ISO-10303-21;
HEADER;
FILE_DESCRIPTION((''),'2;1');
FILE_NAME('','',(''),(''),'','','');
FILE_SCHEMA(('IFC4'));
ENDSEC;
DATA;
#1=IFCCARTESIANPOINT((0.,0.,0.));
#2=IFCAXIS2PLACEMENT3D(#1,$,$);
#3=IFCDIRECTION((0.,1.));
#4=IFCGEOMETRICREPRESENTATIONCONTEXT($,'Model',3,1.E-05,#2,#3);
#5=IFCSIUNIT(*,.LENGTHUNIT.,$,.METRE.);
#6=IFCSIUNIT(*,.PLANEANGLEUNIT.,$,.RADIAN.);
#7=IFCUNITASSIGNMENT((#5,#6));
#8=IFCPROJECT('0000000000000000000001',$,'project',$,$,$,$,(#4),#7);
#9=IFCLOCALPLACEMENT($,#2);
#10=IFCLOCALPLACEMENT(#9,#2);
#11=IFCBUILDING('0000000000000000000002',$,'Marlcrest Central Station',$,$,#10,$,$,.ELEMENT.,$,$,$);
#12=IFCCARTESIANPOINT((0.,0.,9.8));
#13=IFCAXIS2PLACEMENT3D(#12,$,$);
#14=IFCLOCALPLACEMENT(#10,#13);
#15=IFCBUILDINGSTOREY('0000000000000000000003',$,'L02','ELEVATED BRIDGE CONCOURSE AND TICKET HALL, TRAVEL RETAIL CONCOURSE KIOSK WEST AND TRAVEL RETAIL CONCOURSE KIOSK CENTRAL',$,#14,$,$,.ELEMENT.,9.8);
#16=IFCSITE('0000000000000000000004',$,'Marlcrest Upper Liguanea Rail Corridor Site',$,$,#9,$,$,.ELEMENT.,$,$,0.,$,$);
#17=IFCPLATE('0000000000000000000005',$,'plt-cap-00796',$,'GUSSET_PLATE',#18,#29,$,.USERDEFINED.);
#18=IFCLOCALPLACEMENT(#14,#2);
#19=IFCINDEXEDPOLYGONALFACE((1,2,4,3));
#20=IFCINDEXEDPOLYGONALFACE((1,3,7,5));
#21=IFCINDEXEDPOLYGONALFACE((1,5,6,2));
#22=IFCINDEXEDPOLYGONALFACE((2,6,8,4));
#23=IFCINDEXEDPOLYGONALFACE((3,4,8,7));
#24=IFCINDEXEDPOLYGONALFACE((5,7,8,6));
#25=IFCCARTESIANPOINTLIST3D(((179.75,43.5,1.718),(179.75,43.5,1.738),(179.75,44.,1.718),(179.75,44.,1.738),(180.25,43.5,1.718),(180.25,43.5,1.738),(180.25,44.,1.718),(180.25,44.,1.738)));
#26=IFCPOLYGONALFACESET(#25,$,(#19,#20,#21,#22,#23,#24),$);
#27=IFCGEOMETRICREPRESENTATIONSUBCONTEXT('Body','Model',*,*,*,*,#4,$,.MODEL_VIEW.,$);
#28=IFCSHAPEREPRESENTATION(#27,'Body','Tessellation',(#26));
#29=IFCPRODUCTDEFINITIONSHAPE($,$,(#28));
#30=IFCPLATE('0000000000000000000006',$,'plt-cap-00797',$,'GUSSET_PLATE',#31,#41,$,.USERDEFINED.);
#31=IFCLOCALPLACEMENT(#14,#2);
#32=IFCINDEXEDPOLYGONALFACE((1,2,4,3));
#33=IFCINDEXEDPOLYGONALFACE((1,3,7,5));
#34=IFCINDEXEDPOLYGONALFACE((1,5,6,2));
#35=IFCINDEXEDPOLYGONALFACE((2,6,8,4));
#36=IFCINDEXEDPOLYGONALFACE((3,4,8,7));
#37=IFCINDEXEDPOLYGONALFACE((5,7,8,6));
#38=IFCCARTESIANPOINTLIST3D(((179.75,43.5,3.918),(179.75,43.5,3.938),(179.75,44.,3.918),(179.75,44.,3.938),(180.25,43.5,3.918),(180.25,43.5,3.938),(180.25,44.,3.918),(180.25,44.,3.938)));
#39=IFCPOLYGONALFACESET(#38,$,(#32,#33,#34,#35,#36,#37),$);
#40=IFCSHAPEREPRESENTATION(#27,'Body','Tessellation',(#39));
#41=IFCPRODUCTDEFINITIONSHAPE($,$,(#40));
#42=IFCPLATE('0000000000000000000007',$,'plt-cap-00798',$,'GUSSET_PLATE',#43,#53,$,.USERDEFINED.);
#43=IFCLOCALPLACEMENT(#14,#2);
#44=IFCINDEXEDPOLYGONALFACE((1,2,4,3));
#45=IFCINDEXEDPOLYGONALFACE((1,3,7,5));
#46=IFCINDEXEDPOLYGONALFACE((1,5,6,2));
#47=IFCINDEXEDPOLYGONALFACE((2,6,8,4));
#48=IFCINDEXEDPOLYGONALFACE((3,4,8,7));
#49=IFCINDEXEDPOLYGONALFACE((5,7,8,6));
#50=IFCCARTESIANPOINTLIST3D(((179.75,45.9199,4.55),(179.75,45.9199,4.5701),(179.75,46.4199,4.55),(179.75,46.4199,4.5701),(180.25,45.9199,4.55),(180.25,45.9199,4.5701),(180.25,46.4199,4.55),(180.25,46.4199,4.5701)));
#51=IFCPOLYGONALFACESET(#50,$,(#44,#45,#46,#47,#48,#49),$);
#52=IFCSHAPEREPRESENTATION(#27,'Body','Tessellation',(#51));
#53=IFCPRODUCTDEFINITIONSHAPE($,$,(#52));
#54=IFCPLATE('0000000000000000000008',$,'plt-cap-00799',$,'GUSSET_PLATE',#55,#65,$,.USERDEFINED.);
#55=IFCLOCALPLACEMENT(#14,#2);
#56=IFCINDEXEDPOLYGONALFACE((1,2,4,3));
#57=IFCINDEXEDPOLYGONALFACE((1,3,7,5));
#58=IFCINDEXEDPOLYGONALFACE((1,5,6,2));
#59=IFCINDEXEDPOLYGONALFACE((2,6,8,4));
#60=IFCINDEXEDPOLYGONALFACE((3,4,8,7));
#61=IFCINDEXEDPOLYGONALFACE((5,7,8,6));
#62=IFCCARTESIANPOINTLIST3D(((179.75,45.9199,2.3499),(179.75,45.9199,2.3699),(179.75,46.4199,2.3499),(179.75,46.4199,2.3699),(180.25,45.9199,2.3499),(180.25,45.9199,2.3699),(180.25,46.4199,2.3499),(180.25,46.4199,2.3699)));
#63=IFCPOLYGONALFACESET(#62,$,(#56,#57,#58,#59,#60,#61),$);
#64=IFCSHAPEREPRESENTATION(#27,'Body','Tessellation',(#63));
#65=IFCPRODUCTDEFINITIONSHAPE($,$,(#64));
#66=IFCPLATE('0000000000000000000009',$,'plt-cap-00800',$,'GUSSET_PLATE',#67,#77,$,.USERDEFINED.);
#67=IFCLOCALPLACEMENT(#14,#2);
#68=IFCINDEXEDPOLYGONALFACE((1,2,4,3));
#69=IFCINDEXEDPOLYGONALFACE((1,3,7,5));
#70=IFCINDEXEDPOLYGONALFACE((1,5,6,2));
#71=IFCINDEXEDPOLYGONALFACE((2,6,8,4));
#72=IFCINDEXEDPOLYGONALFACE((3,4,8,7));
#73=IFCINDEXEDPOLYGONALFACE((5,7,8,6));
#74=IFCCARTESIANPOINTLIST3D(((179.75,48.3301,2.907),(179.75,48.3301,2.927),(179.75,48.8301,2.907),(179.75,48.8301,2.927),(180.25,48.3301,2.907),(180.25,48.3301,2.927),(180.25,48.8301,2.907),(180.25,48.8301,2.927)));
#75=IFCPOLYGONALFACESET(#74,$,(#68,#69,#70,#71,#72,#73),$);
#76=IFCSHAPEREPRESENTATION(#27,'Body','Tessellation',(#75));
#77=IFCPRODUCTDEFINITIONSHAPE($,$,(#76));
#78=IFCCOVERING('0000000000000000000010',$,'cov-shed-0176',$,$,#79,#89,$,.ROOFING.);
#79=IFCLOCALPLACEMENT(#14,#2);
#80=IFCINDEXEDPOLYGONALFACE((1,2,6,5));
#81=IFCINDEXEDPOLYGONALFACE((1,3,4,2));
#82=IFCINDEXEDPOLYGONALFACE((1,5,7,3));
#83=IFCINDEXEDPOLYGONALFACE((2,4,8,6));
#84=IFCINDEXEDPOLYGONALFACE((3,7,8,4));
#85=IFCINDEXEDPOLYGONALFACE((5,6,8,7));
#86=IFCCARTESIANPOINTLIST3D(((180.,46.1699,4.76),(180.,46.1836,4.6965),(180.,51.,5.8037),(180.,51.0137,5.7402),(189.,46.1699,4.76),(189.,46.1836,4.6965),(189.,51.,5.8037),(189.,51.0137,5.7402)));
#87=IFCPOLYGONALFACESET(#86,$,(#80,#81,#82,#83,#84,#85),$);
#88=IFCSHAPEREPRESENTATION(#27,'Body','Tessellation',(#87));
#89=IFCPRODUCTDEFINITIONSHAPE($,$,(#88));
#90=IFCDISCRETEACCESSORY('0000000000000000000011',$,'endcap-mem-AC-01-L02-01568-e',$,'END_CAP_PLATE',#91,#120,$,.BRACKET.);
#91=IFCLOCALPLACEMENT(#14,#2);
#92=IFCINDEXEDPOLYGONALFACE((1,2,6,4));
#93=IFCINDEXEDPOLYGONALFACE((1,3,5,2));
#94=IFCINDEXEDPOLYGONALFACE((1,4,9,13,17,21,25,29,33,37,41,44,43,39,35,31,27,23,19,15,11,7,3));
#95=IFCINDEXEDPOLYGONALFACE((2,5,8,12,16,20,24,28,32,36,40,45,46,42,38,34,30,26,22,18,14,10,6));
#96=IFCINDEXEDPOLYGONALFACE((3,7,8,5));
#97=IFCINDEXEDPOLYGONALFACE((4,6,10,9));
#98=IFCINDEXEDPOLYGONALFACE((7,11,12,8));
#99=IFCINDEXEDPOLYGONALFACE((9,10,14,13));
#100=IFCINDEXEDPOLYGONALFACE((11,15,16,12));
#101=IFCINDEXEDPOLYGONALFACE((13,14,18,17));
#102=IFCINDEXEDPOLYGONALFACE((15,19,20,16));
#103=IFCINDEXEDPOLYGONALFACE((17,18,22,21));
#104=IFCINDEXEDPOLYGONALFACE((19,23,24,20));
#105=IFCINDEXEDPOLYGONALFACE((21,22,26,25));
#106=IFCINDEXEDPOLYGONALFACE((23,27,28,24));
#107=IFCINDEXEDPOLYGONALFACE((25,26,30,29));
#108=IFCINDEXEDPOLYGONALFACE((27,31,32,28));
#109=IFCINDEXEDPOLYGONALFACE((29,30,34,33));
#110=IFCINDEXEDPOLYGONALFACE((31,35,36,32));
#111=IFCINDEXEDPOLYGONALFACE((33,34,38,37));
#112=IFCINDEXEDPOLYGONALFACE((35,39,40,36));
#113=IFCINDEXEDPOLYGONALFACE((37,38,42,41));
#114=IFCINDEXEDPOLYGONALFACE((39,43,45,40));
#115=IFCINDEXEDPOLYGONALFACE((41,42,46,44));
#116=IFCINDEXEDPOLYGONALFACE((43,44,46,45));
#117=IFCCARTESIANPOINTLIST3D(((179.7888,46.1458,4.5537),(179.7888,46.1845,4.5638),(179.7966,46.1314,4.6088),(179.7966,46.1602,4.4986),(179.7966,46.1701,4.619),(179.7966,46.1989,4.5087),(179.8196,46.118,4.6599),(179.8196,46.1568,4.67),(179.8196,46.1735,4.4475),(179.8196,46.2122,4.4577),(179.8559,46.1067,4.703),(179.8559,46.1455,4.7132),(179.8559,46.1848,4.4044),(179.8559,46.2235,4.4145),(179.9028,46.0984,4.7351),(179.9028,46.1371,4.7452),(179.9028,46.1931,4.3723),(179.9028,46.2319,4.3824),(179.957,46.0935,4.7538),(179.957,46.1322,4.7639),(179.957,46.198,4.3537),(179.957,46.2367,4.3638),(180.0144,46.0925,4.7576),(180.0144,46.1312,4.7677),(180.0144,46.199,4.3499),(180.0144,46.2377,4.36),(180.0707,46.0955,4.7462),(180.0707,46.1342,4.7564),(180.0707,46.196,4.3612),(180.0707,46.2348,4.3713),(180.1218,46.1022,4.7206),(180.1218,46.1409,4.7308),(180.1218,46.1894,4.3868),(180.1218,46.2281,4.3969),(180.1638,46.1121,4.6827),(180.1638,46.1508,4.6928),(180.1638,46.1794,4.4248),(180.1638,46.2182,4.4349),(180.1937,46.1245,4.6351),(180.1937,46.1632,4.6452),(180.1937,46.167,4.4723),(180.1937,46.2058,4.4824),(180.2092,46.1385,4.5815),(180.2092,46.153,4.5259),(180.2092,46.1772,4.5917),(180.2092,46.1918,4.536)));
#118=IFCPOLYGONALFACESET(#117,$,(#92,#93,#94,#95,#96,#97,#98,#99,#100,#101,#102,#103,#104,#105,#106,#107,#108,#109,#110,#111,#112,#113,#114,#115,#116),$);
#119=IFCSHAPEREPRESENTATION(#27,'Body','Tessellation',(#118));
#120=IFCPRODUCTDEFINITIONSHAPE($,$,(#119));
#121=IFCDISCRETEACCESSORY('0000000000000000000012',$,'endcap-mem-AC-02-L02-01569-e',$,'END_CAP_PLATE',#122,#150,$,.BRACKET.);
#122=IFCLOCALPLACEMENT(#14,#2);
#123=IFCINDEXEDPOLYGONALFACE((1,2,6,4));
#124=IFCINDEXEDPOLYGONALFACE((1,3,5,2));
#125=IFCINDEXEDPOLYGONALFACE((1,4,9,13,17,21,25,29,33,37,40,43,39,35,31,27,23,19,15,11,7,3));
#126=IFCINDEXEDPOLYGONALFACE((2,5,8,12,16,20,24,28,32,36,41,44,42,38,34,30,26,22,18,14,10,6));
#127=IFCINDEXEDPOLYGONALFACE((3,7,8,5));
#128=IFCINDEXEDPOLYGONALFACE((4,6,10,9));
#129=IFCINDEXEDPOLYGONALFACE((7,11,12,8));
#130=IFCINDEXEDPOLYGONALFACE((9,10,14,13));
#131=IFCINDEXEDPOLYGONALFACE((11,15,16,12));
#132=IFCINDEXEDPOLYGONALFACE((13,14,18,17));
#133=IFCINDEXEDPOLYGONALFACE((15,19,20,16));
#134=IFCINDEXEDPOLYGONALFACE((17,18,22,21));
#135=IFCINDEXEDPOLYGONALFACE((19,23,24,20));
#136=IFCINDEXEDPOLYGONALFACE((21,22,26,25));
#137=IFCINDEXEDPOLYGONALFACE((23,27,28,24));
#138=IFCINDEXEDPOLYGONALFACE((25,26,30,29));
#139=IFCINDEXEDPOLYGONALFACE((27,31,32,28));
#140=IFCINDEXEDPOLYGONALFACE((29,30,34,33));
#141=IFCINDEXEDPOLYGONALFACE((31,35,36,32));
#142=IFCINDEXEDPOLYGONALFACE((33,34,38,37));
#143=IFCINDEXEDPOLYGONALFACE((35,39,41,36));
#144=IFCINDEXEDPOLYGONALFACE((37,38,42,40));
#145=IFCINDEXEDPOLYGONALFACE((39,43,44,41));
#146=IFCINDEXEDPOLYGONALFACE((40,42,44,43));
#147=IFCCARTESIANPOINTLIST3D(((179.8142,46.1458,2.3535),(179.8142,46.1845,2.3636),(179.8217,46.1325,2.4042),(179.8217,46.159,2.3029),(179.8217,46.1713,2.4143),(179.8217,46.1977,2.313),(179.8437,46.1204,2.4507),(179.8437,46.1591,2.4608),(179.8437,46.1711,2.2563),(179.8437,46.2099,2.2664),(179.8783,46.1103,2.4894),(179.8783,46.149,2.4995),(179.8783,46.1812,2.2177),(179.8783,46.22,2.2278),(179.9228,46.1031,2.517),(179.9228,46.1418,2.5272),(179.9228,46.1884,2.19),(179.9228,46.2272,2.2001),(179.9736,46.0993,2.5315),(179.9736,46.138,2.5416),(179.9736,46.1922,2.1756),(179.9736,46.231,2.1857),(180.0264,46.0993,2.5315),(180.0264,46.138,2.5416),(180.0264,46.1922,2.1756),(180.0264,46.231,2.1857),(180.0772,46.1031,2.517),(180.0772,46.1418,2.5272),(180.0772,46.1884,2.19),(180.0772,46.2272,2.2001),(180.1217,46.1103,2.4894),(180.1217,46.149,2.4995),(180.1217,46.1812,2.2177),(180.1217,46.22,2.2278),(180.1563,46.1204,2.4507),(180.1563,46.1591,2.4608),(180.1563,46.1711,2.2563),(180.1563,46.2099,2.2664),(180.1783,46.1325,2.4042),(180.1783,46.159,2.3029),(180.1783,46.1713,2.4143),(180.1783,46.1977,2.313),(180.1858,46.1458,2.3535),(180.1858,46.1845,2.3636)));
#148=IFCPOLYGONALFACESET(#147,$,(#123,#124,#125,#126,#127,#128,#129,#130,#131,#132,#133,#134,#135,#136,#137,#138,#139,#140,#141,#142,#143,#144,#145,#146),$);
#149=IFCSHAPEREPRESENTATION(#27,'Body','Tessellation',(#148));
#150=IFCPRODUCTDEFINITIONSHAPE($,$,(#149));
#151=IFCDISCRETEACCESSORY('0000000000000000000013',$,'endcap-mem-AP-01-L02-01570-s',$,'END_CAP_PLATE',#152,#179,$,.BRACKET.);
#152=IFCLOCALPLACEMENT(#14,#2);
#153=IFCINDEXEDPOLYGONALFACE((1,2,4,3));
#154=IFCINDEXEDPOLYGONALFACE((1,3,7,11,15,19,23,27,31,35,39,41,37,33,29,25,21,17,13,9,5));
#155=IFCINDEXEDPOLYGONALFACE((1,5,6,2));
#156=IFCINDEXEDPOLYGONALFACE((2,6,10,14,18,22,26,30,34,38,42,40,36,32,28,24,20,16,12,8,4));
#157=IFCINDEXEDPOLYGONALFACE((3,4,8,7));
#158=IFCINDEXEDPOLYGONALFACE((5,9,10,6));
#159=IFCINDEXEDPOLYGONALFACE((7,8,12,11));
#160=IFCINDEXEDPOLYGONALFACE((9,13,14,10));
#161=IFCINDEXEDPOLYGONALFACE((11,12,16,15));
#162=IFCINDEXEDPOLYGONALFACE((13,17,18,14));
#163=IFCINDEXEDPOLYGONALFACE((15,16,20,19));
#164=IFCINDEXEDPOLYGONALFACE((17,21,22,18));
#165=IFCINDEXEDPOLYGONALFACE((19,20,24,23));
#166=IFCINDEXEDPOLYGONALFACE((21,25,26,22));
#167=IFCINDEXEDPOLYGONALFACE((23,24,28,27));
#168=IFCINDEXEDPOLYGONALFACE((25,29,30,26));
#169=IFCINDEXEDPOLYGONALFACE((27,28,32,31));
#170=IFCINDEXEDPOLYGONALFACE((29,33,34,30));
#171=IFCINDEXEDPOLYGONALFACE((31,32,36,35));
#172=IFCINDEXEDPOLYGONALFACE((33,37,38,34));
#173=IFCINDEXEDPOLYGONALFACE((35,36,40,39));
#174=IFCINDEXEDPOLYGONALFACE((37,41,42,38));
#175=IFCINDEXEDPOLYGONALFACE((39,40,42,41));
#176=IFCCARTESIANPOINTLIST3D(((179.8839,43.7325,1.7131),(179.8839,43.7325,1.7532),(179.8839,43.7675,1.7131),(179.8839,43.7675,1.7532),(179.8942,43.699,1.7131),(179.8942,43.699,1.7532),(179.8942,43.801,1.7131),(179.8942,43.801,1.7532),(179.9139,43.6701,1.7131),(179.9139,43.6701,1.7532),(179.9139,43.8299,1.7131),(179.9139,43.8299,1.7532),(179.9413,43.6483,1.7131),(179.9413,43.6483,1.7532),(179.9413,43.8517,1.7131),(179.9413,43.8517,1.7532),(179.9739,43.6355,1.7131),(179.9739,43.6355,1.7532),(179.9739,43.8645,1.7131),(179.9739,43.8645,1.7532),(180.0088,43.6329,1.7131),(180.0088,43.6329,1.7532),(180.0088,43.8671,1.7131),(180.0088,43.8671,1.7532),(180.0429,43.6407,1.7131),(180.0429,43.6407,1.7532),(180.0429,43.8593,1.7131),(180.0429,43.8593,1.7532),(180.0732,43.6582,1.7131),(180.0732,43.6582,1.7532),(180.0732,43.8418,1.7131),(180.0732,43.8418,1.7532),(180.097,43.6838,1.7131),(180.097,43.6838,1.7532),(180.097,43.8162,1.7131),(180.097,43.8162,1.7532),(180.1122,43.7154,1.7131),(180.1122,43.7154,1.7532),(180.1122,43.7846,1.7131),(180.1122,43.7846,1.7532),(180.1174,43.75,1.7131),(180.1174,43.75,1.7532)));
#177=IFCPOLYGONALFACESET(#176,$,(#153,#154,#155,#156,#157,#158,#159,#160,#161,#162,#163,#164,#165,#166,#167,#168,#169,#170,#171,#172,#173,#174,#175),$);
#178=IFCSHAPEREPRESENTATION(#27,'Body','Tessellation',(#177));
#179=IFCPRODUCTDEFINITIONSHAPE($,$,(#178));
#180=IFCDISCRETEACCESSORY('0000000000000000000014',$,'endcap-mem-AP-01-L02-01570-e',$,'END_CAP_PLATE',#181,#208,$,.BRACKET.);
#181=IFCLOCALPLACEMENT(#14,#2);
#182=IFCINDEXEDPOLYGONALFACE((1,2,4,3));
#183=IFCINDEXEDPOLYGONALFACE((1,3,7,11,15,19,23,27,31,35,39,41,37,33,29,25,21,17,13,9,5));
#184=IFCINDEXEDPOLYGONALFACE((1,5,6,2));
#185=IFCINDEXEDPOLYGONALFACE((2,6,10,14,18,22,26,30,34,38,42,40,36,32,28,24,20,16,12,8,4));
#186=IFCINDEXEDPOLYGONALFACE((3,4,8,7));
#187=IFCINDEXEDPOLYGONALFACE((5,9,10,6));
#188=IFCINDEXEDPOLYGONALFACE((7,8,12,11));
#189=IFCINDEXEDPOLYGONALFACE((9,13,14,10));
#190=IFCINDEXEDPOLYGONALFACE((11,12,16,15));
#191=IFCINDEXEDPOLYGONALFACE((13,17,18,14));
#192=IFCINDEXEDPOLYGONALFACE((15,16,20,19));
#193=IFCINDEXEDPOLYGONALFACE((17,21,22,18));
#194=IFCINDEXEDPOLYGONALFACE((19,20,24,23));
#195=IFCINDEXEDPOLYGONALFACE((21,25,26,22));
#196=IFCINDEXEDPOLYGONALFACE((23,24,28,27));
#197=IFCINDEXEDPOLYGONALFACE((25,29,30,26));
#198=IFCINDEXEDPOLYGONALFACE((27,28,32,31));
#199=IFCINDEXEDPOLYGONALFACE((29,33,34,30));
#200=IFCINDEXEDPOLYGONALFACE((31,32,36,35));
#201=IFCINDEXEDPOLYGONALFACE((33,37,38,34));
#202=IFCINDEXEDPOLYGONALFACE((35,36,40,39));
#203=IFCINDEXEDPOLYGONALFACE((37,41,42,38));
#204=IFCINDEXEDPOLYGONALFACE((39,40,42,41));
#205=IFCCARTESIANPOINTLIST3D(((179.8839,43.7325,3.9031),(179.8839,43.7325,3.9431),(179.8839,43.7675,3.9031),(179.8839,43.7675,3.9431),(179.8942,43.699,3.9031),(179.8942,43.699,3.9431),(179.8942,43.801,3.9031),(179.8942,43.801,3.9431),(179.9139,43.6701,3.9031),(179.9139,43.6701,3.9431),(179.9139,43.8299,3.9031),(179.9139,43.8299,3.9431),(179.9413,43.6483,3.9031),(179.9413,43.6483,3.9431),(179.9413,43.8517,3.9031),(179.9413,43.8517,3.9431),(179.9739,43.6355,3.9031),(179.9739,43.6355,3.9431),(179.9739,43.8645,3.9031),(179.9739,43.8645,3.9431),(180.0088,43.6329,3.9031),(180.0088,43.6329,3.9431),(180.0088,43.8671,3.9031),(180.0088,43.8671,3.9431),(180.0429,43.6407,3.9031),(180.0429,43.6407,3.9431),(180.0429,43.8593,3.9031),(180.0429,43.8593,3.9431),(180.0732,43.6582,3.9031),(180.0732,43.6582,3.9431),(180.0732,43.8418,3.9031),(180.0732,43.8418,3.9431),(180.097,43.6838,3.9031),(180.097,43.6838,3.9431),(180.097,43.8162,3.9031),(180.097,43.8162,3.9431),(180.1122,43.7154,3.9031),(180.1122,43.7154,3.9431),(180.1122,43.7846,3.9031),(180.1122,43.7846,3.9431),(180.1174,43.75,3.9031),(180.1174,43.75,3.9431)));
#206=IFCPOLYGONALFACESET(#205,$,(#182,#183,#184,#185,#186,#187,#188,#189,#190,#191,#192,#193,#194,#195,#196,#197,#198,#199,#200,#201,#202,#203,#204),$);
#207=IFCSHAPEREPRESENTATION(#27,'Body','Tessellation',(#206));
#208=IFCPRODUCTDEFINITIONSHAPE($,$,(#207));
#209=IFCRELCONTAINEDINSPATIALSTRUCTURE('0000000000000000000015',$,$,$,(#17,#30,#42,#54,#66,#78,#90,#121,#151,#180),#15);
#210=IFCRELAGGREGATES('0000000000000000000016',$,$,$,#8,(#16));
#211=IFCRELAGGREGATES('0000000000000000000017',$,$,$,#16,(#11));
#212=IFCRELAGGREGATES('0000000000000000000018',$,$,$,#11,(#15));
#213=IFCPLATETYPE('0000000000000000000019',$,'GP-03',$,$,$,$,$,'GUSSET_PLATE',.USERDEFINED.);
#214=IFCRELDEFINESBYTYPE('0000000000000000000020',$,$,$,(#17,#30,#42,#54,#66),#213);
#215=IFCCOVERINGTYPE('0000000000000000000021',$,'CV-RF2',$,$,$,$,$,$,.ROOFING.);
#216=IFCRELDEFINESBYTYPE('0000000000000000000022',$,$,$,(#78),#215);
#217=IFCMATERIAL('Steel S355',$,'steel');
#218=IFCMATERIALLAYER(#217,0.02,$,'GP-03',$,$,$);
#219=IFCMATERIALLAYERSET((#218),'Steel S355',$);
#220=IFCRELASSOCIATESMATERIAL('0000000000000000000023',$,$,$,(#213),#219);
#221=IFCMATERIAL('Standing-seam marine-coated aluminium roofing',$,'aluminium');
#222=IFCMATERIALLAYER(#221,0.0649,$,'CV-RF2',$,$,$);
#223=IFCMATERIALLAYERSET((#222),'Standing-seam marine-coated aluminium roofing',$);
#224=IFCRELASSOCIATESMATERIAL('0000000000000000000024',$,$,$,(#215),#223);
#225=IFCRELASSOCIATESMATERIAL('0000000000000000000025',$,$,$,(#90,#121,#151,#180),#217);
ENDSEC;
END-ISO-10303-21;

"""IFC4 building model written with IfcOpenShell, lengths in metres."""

from ifc_helpers import new_model, si_unit, direction, frame, origin, origin_2d, place, context, subcontext, project, spatial, polyline, rectangle, circle, outline, extrude, material, layer, layer_set, type_object, element, save


model = new_model("IFC4")

# Units and contexts
model_context = context("Model", 3, precision=1e-05, world=origin(), true_north=direction((0.0, 1.0)))
body_context = subcontext(model_context, "Body", "Model", "MODEL_VIEW")
ifc_project = project(units=[si_unit("LENGTHUNIT", "METRE"), si_unit("PLANEANGLEUNIT", "RADIAN")], contexts=[model_context])

# Site, building, storey
site_placement = place(None, origin())
site = spatial("IfcSite", under=ifc_project, at=site_placement, Name="Marlcrest Upper Liguanea Rail Corridor Site", CompositionType="ELEMENT", RefElevation=0.0)
building_placement = place(site_placement, origin())
building = spatial("IfcBuilding", under=site, at=building_placement, Name="Marlcrest Central Station", CompositionType="ELEMENT")
storey_placement = place(building_placement, frame((0.0, 0.0, 9.8)))
storey = spatial("IfcBuildingStorey", under=building, at=storey_placement, Name="L02", Description="ELEVATED BRIDGE CONCOURSE AND TICKET HALL, TRAVEL RETAIL CONCOURSE KIOSK WEST AND TRAVEL RETAIL CONCOURSE KIOSK CENTRAL", CompositionType="ELEMENT", Elevation=9.8)

# Shared definitions
ifc_material_1 = material(Name="Steel S355", Category="steel")

# Plates
ifc_layer_1 = layer(ifc_material_1, 0.02, Name="GP-03")
ifc_layer_set_1 = layer_set([ifc_layer_1], Name="Steel S355")
plate_type = type_object("IfcPlateType", Name="GP-03", ElementType="GUSSET_PLATE", PredefinedType="USERDEFINED", material=ifc_layer_set_1)
for number, where, z_axis, x_axis, name in (
    (1, (180.0, 43.75, 1.718), (0.0, 0.0, 1.0), (1.0, 0.0, 0.0), "plt-cap-00796"),
    (2, (180.0, 43.75, 3.918), (0.0, 0.0, 1.0), (1.0, 0.0, 0.0), "plt-cap-00797"),
    (3, (180.0, 46.1699, 4.55), (0.0, 0.0, 1.0), (1.0, 0.0, 0.0), "plt-cap-00798"),
    (4, (180.0, 46.1699, 2.3499), (0.0, 0.0, 1.0), (1.0, 0.0, 0.0), "plt-cap-00799"),
    (5, (180.0, 48.5801, 2.907), (0.0, 0.0, 1.0), (1.0, 0.0, 0.0), "plt-cap-00800"),
):
    element("IfcPlate", number, at=place(storey_placement, frame(where, z_axis=z_axis, x_axis=x_axis)), inside=storey, type_object=plate_type, Name=name, ObjectType="GUSSET_PLATE", PredefinedType="USERDEFINED", context=body_context, shape_type="SweptSolid", body=[
        extrude(rectangle(XDim=0.5, YDim=0.5, at=origin_2d()), origin(), (0.0, 0.0, 1.0), 0.02),
    ])

# Covering
ifc_material_2 = material(Name="Standing-seam marine-coated aluminium roofing", Category="aluminium")
ifc_layer_2 = layer(ifc_material_2, 0.0649, Name="CV-RF2")
ifc_layer_set_2 = layer_set([ifc_layer_2], Name="Standing-seam marine-coated aluminium roofing")
covering_type = type_object("IfcCoveringType", Name="CV-RF2", PredefinedType="ROOFING", material=ifc_layer_set_2)
covering_placement = place(storey_placement, frame((180.0, 46.1699, 4.76), z_axis=(0.0, -0.211209, 0.977441), x_axis=(1.0, 0.0, 0.0)))
element("IfcCovering", 6, at=covering_placement, inside=storey, type_object=covering_type, Name="cov-shed-0176", PredefinedType="ROOFING", context=body_context, shape_type="SweptSolid", body=[
    extrude(outline(polyline([(0.0, 0.0), (9.0, 0.0), (9.0, 4.9416), (0.0, 4.9416), (0.0, 0.0)])), origin(), (0.0, 0.0, -1.0), 0.0649),
])

# Discrete accessories
discrete_accessory_1_placement = place(storey_placement, frame((180.0, 46.1458, 4.5537), z_axis=(0.0, 0.967539, 0.25272), x_axis=(-1.0, 0.0, 0.0)))
element("IfcDiscreteAccessory", 7, at=discrete_accessory_1_placement, inside=storey, material=ifc_material_1, Name="endcap-mem-AC-01-L02-01568-e", ObjectType="END_CAP_PLATE", PredefinedType="BRACKET", context=body_context, shape_type="SweptSolid", body=[
    extrude(circle(Radius=0.2112, at=origin_2d()), origin(), (0.0, 0.0, 1.0), 0.04),
])
discrete_accessory_2_placement = place(storey_placement, frame((180.0, 46.1458, 2.3535), z_axis=(0.0, 0.967563, 0.252629), x_axis=(-1.0, 0.0, 0.0)))
element("IfcDiscreteAccessory", 8, at=discrete_accessory_2_placement, inside=storey, material=ifc_material_1, Name="endcap-mem-AC-02-L02-01569-e", ObjectType="END_CAP_PLATE", PredefinedType="BRACKET", context=body_context, shape_type="SweptSolid", body=[
    extrude(circle(Radius=0.1858, at=origin_2d()), origin(), (0.0, 0.0, 1.0), 0.04),
])
for number, where, z_axis, x_axis, name in (
    (9, (180.0, 43.75, 1.7131), (0.0, 0.0, 1.0), (1.0, 0.0, 0.0), "endcap-mem-AP-01-L02-01570-s"),
    (10, (180.0, 43.75, 3.9031), (0.0, 0.0, 1.0), (1.0, 0.0, 0.0), "endcap-mem-AP-01-L02-01570-e"),
):
    element("IfcDiscreteAccessory", number, at=place(storey_placement, frame(where, z_axis=z_axis, x_axis=x_axis)), inside=storey, material=ifc_material_1, Name=name, ObjectType="END_CAP_PLATE", PredefinedType="BRACKET", context=body_context, shape_type="SweptSolid", body=[
        extrude(circle(Radius=0.1174, at=origin_2d()), origin(), (0.0, 0.0, 1.0), 0.04),
    ])

save(model, "model.ifc")
